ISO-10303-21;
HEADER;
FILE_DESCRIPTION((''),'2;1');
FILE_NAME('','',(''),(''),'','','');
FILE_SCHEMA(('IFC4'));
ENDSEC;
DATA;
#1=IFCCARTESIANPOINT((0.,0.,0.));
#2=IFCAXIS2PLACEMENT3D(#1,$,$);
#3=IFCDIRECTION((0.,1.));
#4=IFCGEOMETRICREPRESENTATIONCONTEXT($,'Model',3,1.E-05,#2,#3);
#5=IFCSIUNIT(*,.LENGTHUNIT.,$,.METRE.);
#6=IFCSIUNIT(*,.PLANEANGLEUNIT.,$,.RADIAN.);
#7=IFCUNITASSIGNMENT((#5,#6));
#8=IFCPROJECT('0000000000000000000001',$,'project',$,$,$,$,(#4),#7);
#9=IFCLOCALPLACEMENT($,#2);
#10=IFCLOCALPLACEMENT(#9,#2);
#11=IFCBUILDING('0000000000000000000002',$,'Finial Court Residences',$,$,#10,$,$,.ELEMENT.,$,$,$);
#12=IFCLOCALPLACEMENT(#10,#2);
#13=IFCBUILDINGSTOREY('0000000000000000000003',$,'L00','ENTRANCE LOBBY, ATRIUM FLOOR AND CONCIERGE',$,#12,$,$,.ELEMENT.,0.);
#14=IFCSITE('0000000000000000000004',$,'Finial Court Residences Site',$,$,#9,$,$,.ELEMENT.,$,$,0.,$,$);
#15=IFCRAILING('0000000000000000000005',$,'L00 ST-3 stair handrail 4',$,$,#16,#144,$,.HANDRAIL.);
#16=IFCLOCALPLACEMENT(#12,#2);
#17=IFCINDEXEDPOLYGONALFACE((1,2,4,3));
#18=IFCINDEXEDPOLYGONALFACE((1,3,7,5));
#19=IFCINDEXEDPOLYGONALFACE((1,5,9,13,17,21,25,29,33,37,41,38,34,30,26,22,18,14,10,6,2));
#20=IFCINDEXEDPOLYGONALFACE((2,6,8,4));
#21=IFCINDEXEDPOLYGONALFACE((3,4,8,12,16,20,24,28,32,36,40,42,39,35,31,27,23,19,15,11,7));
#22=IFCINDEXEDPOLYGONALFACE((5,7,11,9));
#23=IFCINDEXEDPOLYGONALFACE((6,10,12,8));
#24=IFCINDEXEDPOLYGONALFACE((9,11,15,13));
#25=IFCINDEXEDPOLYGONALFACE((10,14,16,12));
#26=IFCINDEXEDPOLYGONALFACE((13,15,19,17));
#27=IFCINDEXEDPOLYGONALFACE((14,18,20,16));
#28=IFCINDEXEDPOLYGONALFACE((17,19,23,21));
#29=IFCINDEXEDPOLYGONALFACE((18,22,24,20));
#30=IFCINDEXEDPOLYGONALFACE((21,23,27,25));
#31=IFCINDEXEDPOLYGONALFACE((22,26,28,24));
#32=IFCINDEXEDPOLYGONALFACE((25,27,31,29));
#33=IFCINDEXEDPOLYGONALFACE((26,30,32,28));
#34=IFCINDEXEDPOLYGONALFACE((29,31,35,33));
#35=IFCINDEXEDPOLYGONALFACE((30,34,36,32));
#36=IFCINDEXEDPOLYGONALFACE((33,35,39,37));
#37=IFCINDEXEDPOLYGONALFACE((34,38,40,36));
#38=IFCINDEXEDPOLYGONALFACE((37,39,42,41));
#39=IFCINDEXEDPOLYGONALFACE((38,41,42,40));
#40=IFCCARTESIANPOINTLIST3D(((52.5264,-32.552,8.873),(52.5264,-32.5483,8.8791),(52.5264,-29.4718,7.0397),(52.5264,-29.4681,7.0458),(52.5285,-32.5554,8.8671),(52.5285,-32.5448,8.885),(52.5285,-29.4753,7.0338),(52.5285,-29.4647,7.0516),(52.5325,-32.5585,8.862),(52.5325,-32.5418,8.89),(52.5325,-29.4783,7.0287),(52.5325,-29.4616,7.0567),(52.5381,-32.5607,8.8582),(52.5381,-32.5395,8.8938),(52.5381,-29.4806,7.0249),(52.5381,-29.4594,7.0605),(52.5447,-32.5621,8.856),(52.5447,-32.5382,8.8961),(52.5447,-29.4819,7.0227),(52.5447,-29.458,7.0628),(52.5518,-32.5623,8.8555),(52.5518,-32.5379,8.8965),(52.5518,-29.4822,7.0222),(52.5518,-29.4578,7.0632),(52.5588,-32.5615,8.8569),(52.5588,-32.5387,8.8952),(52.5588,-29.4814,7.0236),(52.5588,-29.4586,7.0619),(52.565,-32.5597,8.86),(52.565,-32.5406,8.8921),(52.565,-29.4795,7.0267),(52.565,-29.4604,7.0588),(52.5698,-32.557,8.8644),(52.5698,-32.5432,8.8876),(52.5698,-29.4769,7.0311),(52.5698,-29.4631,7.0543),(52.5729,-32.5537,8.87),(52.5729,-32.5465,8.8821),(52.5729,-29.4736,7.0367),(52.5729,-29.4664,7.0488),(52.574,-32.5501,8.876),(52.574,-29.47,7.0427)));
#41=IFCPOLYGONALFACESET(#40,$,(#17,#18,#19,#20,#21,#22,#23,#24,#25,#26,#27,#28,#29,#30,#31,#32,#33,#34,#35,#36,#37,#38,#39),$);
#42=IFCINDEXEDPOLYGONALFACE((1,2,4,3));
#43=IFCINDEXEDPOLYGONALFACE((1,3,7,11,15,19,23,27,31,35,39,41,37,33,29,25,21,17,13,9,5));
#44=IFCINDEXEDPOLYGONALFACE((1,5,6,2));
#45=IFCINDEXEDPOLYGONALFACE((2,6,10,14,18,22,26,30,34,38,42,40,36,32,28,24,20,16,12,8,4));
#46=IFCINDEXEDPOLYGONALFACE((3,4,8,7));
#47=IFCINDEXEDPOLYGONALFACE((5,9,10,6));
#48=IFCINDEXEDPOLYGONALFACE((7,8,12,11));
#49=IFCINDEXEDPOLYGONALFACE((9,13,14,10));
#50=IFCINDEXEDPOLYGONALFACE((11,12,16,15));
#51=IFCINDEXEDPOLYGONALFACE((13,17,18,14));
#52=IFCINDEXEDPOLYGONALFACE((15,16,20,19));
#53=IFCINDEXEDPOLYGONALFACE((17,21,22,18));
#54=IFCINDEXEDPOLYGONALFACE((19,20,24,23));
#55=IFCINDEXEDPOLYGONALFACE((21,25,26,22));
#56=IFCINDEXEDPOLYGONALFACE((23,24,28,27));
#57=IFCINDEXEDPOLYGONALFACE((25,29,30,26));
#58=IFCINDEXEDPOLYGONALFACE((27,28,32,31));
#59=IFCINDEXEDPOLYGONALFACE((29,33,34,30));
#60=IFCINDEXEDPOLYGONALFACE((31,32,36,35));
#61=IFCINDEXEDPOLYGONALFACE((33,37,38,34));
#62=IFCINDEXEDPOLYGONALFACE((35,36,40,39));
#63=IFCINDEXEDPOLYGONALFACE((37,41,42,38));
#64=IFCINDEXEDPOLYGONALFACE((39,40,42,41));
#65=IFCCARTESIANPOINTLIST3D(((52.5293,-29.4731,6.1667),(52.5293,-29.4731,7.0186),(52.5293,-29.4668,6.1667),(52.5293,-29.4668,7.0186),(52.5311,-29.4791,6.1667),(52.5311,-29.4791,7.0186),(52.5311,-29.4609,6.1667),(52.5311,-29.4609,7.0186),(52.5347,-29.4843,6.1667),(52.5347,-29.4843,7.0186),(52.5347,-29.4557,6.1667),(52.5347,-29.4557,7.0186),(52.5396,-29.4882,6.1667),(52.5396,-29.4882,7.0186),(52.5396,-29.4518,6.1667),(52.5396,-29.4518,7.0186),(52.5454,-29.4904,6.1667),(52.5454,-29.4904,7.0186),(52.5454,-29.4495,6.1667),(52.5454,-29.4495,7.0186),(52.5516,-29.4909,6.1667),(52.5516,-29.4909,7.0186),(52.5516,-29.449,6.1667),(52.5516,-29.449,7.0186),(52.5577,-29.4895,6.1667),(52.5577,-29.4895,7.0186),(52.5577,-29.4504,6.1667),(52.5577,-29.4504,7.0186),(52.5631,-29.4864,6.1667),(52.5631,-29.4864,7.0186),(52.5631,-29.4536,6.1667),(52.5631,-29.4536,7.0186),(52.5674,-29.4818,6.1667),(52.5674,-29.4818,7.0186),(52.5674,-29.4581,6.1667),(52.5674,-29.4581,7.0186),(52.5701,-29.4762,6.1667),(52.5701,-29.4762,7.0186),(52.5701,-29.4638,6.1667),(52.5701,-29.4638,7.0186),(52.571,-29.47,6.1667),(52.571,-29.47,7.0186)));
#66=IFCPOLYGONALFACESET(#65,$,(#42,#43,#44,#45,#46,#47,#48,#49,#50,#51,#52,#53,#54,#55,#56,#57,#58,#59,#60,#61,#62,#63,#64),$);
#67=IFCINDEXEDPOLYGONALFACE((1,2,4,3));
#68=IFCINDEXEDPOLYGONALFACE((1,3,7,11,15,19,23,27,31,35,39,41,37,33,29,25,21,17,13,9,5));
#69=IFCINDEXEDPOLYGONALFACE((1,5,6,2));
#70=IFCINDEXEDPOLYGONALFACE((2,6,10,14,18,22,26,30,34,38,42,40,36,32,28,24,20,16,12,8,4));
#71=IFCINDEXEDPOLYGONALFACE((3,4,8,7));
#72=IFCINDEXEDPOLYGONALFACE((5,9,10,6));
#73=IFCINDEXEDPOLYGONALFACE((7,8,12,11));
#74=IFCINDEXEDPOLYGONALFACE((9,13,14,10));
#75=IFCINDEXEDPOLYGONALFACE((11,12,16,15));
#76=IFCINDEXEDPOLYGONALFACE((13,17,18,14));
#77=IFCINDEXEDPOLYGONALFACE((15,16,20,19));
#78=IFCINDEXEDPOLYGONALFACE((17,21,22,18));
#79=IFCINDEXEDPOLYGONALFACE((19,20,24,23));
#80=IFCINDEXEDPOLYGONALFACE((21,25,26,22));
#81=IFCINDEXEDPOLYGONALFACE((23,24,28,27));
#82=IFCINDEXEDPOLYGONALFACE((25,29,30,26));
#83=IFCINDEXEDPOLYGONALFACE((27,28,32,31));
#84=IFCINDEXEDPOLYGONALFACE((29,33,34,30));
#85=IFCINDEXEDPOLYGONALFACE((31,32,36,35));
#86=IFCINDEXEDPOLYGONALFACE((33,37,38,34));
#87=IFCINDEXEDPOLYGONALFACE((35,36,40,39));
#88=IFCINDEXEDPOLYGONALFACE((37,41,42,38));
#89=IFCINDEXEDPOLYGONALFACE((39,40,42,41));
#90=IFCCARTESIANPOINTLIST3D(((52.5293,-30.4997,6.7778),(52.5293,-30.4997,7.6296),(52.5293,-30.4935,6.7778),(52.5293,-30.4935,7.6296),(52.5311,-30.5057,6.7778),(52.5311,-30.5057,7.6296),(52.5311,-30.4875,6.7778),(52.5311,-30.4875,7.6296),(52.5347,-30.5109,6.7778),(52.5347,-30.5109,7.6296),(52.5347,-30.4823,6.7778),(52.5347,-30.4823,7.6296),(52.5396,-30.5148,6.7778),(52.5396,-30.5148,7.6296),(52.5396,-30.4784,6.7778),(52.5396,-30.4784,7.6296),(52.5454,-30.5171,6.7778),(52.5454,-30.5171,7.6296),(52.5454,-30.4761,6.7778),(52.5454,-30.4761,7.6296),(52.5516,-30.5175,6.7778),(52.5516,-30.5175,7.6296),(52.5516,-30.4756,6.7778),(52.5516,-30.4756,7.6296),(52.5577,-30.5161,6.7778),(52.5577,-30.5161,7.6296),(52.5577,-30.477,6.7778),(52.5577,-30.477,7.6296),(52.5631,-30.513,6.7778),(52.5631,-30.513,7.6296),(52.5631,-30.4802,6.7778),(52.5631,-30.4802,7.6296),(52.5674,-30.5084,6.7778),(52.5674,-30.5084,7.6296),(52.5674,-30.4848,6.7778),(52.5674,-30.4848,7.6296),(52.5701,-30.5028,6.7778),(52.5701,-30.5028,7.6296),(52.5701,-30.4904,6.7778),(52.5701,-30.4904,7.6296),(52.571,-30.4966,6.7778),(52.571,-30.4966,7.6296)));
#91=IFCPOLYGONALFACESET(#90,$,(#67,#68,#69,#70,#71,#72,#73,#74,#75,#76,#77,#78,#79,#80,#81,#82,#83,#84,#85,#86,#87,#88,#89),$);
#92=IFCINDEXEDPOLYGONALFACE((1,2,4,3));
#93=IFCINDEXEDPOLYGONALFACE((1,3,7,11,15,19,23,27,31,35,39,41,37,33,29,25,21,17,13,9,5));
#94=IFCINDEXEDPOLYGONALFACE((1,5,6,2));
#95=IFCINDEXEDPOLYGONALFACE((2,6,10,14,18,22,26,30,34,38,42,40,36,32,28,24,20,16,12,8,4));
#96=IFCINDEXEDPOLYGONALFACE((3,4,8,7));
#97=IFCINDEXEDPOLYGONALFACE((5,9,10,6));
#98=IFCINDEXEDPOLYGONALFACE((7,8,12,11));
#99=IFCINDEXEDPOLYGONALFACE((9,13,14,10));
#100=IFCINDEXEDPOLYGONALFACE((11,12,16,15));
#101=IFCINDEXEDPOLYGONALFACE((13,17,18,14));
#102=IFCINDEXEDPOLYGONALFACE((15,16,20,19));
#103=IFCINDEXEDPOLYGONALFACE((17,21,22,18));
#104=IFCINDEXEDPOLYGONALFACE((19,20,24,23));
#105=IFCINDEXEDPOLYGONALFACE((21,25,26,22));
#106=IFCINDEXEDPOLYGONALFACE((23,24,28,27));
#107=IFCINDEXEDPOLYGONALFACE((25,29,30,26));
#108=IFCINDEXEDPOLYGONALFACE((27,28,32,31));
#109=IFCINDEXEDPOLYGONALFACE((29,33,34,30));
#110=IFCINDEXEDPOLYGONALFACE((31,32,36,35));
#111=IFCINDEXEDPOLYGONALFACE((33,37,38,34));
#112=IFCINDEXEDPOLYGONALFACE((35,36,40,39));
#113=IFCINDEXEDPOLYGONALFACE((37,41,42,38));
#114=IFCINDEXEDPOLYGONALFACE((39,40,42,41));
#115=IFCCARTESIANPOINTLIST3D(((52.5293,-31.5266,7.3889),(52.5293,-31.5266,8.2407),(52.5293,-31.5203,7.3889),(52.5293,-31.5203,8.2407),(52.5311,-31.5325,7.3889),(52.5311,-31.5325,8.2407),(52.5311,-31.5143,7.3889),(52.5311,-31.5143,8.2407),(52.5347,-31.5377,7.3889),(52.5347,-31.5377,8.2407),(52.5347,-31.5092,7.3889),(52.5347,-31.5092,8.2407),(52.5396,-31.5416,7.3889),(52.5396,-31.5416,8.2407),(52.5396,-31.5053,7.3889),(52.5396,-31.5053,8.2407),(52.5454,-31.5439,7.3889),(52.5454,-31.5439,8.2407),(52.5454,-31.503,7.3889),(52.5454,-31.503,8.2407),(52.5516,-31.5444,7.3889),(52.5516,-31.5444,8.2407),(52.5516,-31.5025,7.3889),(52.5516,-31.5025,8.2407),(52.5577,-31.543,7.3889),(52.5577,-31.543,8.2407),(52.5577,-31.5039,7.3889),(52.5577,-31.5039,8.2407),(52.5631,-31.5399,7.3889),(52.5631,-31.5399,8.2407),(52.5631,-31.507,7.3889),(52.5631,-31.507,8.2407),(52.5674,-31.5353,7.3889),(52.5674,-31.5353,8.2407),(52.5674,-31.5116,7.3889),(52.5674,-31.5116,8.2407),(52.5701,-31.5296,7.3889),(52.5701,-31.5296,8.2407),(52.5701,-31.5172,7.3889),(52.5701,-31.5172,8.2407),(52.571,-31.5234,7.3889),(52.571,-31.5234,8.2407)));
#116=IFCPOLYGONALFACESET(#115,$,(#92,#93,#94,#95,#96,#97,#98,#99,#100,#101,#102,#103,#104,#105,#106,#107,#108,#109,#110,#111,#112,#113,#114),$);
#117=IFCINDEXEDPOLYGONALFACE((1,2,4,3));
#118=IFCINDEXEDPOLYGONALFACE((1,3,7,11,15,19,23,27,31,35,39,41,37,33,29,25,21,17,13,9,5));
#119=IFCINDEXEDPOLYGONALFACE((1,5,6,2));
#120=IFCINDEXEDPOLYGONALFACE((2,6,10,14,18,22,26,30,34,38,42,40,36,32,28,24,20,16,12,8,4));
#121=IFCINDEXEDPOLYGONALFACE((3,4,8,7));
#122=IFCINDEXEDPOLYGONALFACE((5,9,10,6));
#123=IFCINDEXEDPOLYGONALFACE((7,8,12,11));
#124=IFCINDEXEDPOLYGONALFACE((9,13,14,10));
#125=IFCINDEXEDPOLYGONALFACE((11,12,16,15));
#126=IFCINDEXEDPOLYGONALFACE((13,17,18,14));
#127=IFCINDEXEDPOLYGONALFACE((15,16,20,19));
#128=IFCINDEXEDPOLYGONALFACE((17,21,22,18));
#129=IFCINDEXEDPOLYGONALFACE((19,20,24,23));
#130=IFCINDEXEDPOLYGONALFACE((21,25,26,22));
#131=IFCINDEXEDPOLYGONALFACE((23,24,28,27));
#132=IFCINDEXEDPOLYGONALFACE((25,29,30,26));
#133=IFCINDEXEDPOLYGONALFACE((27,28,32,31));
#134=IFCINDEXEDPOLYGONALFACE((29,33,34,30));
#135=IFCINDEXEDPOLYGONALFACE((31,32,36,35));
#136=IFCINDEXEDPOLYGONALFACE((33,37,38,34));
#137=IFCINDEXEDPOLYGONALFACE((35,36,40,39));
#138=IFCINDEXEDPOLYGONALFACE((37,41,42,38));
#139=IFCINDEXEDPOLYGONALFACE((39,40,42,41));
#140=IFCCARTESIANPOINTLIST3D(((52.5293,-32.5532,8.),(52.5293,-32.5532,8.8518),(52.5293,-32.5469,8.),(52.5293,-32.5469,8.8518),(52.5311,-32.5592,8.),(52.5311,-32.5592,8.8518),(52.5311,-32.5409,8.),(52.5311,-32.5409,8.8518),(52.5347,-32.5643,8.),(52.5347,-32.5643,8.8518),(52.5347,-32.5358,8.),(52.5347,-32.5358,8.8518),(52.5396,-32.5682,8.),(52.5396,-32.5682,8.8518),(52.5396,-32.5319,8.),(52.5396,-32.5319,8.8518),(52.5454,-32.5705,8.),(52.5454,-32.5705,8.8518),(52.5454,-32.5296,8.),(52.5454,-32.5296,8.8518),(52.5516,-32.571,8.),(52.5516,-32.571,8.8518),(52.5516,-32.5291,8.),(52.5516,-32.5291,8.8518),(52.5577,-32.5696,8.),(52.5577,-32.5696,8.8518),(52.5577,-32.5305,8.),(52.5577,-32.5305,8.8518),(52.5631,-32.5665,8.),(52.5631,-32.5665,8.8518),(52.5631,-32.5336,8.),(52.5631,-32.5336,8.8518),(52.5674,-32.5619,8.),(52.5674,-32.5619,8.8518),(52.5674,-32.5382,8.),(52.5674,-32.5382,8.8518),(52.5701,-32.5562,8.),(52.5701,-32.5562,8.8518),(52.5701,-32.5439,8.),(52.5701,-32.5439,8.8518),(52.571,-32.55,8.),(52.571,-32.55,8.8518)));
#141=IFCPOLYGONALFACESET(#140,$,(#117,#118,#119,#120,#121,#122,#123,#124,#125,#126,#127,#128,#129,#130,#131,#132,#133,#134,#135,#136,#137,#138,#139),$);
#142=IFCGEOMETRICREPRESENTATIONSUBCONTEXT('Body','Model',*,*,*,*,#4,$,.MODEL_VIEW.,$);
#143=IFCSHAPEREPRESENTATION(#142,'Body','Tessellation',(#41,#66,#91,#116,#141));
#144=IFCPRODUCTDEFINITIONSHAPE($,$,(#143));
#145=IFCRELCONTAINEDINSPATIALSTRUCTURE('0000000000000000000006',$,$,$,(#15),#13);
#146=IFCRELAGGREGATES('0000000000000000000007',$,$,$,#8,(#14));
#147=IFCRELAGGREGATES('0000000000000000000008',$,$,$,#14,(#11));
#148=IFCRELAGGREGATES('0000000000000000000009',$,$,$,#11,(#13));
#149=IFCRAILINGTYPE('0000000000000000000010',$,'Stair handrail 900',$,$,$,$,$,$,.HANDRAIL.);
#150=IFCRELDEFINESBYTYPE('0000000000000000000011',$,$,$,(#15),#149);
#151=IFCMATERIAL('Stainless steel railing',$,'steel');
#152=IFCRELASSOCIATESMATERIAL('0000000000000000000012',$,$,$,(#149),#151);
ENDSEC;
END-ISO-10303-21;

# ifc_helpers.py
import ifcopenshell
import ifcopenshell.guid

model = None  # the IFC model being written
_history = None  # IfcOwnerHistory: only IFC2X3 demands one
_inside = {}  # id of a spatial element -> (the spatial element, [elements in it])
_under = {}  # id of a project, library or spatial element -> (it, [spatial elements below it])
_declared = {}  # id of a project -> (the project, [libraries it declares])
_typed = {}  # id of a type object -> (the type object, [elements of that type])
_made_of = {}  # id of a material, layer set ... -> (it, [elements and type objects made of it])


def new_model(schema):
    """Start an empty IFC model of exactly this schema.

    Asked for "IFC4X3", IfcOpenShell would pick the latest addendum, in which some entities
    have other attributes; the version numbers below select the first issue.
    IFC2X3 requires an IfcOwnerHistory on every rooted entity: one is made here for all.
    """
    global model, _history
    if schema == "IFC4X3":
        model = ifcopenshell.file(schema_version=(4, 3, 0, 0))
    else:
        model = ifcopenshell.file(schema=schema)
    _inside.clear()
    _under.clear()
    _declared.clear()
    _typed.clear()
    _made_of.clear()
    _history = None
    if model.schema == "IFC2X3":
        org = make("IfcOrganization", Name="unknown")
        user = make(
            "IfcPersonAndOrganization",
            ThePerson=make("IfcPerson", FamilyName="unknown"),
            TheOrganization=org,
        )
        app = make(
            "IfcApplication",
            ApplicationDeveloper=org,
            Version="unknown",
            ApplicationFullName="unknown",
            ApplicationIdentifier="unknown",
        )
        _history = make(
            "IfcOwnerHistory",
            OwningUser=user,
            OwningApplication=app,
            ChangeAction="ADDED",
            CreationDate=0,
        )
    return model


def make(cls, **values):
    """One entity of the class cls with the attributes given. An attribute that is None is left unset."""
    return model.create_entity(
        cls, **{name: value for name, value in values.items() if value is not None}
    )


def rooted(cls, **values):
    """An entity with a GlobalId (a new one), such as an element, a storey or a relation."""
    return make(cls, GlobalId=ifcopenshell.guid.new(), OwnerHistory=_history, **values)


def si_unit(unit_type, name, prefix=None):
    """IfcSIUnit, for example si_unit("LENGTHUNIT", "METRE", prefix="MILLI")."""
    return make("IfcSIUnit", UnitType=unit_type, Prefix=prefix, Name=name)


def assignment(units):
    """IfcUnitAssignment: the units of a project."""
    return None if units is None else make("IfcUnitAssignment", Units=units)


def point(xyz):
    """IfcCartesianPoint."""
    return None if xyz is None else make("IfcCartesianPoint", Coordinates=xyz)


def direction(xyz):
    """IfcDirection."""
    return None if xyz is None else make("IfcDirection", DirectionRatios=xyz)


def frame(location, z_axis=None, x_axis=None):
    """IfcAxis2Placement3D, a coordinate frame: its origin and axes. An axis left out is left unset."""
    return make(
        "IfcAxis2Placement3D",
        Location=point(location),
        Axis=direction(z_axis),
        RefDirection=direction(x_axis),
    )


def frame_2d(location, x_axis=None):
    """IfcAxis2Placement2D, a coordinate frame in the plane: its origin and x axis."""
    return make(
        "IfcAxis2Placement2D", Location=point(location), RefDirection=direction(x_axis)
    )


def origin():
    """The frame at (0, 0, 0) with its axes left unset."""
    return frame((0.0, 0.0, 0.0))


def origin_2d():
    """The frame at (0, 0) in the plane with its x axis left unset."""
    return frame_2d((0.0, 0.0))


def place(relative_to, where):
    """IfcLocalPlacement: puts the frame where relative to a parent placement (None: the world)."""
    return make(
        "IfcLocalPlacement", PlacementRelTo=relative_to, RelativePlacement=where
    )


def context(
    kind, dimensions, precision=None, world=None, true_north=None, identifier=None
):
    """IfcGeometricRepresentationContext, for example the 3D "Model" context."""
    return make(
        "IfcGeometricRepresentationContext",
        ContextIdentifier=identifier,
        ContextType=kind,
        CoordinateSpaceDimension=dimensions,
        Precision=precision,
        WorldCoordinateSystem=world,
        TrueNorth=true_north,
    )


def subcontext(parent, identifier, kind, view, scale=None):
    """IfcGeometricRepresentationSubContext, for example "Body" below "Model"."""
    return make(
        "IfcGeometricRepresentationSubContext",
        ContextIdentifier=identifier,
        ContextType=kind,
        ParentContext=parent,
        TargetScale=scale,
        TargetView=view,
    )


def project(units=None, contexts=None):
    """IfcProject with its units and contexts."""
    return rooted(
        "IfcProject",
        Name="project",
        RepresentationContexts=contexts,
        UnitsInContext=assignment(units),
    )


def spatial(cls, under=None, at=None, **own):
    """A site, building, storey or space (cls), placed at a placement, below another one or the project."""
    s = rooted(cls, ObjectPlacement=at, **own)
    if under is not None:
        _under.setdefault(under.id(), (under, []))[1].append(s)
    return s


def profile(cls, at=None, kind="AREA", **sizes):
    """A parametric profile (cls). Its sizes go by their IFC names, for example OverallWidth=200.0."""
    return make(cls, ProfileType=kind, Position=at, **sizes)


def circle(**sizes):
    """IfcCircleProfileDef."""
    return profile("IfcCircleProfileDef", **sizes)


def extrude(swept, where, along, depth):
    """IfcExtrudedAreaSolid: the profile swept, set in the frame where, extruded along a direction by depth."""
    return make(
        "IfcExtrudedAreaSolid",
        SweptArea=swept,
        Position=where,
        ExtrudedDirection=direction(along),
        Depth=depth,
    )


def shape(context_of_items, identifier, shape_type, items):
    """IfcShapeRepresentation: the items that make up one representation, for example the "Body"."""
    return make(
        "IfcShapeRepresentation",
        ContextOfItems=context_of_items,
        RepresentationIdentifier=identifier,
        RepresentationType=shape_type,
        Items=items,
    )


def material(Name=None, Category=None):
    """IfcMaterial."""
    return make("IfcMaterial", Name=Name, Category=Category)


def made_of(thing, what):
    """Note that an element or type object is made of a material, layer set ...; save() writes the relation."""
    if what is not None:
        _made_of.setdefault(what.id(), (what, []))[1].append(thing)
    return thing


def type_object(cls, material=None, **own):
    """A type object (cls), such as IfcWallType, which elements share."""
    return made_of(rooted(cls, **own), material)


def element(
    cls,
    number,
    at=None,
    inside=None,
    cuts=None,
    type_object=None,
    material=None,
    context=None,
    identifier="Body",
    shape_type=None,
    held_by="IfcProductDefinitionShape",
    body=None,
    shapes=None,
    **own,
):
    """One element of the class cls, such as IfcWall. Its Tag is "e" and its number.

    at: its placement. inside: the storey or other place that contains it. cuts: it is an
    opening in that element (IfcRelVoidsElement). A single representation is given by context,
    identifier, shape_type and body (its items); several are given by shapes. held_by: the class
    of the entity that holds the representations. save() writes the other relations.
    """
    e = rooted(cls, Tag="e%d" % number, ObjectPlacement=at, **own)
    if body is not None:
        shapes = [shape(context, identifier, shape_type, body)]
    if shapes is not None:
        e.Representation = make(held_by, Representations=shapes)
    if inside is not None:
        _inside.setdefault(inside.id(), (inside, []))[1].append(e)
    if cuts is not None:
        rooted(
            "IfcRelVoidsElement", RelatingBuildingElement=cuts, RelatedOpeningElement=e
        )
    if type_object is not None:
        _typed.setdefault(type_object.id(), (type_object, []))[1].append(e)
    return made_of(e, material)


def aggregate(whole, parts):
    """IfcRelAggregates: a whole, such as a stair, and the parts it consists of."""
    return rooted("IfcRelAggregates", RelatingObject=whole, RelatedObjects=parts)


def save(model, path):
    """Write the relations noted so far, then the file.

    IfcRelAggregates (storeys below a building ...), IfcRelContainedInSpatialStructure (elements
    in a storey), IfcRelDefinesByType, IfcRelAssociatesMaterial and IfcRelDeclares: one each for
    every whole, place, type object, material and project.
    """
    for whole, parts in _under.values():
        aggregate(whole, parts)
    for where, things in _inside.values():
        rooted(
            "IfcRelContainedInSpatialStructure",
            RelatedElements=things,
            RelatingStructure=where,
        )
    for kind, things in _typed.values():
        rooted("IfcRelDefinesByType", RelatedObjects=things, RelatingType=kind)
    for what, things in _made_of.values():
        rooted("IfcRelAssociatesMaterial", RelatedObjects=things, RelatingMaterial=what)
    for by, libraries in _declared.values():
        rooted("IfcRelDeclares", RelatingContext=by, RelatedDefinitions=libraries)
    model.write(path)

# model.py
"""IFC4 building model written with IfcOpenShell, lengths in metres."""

from ifc_helpers import new_model, si_unit, direction, frame, origin, origin_2d, place, context, subcontext, project, spatial, circle, extrude, material, type_object, element, save


model = new_model("IFC4")

# Units and contexts
model_context = context("Model", 3, precision=1e-05, world=origin(), true_north=direction((0.0, 1.0)))
body_context = subcontext(model_context, "Body", "Model", "MODEL_VIEW")
ifc_project = project(units=[si_unit("LENGTHUNIT", "METRE"), si_unit("PLANEANGLEUNIT", "RADIAN")], contexts=[model_context])

# Site, building, storey
site_placement = place(None, origin())
site = spatial("IfcSite", under=ifc_project, at=site_placement, Name="Finial Court Residences Site", CompositionType="ELEMENT", RefElevation=0.0)
building_placement = place(site_placement, origin())
building = spatial("IfcBuilding", under=site, at=building_placement, Name="Finial Court Residences", CompositionType="ELEMENT")
storey_placement = place(building_placement, origin())
storey = spatial("IfcBuildingStorey", under=building, at=storey_placement, Name="L00", Description="ENTRANCE LOBBY, ATRIUM FLOOR AND CONCIERGE", CompositionType="ELEMENT", Elevation=0.0)

# Railing
ifc_material_1 = material(Name="Stainless steel railing", Category="steel")
railing_type_1 = type_object("IfcRailingType", Name="Stair handrail 900", PredefinedType="HANDRAIL", material=ifc_material_1)
railing_1_placement = place(storey_placement, frame((52.55, -29.47, 6.1667)))
element("IfcRailing", 1, at=railing_1_placement, inside=storey, type_object=railing_type_1, Name="L00 ST-3 stair handrail 4", PredefinedType="HANDRAIL", context=body_context, shape_type="SweptSolid", body=[
    extrude(circle(Radius=0.0239, at=origin_2d()), frame((0.0, 0.0, 0.876), z_axis=(0.0, -0.859309, 0.511458), x_axis=(1.0, 0.0, 0.0)), (0.0, 0.0, 1.0), 3.5845),
    extrude(circle(Radius=0.021, at=origin_2d()), origin(), (0.0, 0.0, 1.0), 0.8518),
    extrude(circle(Radius=0.021, at=origin_2d()), frame((0.0, -1.0266, 0.6111)), (0.0, 0.0, 1.0), 0.8518),
    extrude(circle(Radius=0.021, at=origin_2d()), frame((0.0, -2.0535, 1.2222)), (0.0, 0.0, 1.0), 0.8518),
    extrude(circle(Radius=0.021, at=origin_2d()), frame((0.0, -3.0801, 1.8333)), (0.0, 0.0, 1.0), 0.8518),
])

save(model, "model.ifc")
